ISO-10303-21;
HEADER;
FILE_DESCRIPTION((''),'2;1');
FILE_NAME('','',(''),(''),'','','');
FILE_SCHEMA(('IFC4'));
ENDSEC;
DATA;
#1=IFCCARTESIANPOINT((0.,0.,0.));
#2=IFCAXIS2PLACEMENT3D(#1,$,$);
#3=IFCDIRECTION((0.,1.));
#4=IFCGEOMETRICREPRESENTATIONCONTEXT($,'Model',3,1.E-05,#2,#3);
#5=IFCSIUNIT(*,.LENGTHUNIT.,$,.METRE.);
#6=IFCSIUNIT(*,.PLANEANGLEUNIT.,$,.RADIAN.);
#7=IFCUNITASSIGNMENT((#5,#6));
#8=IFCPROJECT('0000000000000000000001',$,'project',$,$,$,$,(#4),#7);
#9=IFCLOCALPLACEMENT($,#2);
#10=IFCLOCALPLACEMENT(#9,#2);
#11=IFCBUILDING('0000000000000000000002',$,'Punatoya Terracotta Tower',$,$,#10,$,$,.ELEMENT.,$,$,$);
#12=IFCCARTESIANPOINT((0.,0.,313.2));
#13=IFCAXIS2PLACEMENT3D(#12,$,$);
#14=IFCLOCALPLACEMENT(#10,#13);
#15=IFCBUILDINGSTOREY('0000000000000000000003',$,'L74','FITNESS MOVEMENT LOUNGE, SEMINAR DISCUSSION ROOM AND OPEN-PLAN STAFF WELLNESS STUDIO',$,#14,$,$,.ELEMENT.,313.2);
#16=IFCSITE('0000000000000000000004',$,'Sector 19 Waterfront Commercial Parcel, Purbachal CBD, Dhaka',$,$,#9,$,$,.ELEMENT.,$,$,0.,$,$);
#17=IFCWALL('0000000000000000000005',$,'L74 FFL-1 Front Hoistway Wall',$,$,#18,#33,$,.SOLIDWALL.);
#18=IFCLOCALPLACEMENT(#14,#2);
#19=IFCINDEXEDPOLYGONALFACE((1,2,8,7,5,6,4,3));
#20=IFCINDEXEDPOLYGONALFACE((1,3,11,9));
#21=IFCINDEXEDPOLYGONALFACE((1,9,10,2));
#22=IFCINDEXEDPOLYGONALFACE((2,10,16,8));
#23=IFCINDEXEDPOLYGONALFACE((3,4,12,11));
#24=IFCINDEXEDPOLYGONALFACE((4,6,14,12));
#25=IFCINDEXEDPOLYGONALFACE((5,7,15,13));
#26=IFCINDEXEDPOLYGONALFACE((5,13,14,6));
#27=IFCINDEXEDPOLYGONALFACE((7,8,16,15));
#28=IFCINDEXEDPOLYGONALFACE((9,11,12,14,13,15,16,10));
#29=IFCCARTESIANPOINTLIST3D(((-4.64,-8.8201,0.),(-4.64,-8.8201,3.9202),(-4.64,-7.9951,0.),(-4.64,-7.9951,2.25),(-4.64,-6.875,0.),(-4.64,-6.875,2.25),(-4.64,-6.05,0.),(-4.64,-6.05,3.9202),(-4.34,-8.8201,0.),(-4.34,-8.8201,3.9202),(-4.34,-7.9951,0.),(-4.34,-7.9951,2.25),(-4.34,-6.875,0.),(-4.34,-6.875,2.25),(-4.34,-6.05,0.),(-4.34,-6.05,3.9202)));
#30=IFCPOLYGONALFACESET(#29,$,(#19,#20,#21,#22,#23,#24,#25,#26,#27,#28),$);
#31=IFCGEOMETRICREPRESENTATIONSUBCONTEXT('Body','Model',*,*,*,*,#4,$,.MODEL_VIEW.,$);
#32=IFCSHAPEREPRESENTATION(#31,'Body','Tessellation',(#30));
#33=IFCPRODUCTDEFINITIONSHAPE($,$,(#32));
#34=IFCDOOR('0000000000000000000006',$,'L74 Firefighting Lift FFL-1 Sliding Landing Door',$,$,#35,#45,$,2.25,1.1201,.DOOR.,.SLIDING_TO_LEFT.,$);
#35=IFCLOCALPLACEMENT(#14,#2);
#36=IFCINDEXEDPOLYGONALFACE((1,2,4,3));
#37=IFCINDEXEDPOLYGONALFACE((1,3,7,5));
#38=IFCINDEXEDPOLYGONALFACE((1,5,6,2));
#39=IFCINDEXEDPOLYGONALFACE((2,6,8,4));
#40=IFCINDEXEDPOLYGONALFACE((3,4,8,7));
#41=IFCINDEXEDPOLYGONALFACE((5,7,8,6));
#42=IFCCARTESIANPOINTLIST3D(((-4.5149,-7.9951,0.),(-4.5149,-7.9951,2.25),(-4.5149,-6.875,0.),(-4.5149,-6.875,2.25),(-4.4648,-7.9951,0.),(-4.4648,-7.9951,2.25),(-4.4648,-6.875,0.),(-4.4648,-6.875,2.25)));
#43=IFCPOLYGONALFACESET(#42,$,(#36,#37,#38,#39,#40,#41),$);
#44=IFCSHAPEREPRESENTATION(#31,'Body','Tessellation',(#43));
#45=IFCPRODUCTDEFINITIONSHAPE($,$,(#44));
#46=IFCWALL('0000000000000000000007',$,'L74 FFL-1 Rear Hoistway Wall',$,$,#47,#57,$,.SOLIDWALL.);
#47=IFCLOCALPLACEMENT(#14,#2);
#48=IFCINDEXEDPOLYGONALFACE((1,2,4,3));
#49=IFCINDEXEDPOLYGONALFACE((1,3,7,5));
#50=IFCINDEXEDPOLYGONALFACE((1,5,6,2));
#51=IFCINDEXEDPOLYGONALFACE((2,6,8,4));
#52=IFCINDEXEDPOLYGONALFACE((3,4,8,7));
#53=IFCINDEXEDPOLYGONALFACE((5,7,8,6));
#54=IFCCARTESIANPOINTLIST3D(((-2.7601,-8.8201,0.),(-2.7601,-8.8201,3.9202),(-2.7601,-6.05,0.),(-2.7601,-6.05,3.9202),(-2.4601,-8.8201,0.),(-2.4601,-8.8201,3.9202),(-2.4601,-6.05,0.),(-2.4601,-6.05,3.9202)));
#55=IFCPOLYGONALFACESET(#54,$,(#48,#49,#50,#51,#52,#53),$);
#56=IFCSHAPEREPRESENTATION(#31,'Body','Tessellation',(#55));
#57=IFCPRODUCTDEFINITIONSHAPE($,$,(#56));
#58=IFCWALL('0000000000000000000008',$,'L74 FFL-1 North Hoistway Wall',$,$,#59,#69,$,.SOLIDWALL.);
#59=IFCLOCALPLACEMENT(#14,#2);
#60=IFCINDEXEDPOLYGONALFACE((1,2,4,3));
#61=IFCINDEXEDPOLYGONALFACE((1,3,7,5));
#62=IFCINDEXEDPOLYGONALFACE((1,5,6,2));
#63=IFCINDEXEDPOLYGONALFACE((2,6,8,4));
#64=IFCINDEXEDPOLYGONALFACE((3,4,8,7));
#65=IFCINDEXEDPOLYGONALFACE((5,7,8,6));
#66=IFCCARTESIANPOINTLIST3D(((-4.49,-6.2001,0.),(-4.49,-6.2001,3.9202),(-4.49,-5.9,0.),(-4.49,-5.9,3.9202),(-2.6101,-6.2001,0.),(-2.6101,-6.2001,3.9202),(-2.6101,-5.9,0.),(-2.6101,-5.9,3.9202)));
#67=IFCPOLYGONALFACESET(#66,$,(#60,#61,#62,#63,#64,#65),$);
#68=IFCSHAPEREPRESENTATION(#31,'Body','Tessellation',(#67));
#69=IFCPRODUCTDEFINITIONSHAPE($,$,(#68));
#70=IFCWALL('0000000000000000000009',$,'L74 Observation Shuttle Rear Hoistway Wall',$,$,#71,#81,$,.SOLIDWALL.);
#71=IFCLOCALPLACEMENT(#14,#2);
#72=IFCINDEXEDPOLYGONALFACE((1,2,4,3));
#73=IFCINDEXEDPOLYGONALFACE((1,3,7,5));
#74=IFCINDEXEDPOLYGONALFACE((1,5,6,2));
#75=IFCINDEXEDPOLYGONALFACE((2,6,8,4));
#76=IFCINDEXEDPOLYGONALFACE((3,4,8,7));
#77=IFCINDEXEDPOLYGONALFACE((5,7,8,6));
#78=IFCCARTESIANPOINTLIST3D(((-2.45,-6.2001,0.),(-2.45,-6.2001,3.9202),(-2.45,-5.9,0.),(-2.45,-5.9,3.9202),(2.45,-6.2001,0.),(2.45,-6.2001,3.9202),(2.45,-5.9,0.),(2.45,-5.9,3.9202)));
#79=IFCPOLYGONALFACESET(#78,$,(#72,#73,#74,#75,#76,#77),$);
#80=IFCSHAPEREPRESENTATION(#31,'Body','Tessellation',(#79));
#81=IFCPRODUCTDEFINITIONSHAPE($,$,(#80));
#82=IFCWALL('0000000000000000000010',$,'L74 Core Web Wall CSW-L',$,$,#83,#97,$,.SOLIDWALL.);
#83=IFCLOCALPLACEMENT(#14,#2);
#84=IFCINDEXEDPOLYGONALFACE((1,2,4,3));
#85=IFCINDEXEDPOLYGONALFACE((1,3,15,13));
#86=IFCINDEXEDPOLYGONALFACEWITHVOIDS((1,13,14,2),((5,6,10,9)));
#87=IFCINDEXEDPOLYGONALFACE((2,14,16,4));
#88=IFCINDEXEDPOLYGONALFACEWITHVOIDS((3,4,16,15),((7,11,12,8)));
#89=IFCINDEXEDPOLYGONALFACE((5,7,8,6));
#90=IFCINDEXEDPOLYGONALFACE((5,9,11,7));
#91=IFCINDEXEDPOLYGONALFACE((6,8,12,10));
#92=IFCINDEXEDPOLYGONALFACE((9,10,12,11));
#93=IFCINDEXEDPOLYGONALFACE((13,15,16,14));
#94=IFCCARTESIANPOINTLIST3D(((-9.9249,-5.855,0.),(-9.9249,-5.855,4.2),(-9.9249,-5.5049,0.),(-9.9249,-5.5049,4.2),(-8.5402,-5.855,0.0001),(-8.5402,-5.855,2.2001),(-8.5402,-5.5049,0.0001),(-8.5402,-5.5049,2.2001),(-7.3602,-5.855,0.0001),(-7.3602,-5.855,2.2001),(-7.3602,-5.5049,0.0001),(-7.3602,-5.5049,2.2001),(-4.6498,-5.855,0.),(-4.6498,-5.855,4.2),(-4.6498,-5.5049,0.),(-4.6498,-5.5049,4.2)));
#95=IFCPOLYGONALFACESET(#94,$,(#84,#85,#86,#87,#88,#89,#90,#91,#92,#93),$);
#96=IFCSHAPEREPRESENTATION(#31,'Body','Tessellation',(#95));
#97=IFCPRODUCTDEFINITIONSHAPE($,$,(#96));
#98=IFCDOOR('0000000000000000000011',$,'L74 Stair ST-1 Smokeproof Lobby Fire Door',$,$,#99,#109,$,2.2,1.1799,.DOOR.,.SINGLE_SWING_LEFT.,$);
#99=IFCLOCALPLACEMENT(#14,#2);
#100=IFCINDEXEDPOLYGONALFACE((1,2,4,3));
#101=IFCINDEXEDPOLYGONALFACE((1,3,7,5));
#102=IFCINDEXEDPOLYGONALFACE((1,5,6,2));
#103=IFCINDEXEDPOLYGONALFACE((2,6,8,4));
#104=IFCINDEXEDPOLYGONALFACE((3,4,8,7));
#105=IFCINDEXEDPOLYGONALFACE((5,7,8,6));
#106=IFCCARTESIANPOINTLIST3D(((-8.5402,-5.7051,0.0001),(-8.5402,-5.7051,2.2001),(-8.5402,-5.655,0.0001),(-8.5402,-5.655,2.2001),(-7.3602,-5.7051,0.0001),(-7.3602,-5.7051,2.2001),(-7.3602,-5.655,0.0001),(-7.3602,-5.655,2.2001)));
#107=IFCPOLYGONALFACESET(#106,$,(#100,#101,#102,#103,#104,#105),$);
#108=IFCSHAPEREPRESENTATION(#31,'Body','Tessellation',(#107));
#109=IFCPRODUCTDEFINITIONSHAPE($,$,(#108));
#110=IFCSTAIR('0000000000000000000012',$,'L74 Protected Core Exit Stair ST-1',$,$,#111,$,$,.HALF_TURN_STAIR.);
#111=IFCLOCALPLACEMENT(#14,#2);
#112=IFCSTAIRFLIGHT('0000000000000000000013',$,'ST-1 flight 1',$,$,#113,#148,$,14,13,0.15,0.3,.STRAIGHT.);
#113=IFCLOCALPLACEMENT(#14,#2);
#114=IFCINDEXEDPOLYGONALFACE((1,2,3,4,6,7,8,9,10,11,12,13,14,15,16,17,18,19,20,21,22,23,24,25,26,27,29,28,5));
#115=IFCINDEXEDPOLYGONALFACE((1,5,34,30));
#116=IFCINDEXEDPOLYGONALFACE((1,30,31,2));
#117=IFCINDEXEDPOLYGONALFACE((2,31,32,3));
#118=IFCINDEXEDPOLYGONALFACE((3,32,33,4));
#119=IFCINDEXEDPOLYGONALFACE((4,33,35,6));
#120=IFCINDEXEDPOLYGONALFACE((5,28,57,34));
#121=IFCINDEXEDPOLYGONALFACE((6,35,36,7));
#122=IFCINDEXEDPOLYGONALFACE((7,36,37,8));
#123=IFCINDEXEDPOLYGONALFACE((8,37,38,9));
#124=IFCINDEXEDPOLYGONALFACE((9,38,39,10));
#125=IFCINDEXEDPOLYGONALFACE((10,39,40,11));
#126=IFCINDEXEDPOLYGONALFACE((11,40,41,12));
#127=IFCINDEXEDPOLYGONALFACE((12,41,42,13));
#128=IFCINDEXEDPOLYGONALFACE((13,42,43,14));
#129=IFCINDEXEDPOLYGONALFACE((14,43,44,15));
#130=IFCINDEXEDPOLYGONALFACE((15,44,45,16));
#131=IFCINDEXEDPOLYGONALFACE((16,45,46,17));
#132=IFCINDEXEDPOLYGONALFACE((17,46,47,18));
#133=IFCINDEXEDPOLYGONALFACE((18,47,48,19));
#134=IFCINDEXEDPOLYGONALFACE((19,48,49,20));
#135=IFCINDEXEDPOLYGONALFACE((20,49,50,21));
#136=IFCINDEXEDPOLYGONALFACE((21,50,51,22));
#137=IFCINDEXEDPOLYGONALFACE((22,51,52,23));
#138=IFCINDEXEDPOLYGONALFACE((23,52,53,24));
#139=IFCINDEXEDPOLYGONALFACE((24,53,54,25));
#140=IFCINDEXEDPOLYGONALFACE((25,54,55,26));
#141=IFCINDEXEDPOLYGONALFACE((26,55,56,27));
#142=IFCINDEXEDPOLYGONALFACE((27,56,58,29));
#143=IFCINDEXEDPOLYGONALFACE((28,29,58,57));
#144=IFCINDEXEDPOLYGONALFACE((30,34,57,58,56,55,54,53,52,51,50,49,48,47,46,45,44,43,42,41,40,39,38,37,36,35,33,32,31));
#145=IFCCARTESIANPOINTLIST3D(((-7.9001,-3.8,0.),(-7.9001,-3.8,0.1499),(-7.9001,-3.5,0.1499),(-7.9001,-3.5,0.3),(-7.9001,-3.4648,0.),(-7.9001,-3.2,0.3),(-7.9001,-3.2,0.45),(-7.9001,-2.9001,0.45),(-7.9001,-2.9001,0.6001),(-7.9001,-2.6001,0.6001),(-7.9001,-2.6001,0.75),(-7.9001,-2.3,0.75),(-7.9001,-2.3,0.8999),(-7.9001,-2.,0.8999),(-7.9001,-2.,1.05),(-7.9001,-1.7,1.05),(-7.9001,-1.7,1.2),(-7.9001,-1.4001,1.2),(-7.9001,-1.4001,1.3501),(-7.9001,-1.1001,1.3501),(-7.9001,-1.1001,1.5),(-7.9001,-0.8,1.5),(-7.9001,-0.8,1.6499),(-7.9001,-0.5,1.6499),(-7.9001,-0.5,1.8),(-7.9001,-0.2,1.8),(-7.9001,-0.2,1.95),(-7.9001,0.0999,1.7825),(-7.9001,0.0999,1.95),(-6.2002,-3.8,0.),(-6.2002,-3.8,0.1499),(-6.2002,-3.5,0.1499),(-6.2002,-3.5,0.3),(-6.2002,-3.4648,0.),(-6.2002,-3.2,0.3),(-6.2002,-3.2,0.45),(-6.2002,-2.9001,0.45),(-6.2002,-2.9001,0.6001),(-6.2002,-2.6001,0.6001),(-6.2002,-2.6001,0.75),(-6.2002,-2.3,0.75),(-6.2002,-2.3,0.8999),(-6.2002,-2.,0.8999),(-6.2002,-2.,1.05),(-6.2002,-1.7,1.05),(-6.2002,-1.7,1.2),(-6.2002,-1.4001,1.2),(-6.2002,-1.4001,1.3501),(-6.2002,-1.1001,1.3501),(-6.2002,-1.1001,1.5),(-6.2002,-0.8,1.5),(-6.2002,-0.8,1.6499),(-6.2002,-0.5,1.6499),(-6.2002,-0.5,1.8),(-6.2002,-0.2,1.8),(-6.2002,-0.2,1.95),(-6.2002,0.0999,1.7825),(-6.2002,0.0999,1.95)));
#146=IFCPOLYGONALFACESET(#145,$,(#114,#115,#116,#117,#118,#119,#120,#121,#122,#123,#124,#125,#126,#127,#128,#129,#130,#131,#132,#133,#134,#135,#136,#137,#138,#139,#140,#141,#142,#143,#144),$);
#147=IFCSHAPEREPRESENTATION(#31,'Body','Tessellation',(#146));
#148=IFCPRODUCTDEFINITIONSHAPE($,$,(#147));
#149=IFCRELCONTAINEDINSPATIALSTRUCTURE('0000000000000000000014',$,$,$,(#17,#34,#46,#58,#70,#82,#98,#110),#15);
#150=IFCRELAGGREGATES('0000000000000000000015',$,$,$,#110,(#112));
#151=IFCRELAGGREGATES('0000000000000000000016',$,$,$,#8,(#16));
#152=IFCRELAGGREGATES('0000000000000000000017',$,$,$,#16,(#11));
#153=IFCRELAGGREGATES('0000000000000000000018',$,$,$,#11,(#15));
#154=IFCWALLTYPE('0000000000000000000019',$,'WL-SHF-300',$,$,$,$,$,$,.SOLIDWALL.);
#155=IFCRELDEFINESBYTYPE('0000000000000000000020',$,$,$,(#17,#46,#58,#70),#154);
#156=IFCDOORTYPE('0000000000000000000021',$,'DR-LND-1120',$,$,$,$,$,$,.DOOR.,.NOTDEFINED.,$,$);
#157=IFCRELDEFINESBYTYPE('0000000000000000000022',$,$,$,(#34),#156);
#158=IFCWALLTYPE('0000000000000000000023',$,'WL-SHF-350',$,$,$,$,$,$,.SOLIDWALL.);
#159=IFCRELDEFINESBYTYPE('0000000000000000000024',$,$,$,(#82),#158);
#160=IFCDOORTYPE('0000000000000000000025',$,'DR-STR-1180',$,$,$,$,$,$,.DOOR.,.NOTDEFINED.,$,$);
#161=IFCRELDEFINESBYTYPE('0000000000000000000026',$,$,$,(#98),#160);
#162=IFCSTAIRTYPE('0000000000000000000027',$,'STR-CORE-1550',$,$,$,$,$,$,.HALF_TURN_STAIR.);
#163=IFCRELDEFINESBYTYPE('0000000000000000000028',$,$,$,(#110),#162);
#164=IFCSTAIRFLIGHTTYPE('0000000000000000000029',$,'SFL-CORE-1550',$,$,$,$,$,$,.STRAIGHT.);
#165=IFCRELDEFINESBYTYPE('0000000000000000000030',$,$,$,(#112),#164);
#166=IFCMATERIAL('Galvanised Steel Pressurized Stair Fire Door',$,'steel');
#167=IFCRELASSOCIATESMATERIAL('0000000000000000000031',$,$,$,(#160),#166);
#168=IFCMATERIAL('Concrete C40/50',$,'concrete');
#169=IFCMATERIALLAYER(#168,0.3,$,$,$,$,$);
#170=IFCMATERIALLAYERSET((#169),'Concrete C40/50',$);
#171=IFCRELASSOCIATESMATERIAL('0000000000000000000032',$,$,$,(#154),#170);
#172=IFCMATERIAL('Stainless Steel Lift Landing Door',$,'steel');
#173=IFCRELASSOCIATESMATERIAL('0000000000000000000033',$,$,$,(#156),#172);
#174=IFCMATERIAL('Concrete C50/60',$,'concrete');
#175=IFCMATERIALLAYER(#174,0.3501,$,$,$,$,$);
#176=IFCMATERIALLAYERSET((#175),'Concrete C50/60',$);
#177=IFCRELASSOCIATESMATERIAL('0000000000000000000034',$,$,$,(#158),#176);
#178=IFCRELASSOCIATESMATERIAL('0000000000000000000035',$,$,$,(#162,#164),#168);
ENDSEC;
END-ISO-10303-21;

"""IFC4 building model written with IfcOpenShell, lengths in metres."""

from ifc_helpers import new_model, si_unit, direction, frame, frame_2d, origin, place, context, subcontext, project, spatial, polyline, rectangle, outline, extrude, material, layer, layer_set, type_object, element, fill, aggregate, save


model = new_model("IFC4")

# Units and contexts
model_context = context("Model", 3, precision=1e-05, world=origin(), true_north=direction((0.0, 1.0)))
body_context = subcontext(model_context, "Body", "Model", "MODEL_VIEW")
ifc_project = project(units=[si_unit("LENGTHUNIT", "METRE"), si_unit("PLANEANGLEUNIT", "RADIAN")], contexts=[model_context])

# Site, building, storey
site_placement = place(None, origin())
site = spatial("IfcSite", under=ifc_project, at=site_placement, Name="Sector 19 Waterfront Commercial Parcel, Purbachal CBD, Dhaka", CompositionType="ELEMENT", RefElevation=0.0)
building_placement = place(site_placement, origin())
building = spatial("IfcBuilding", under=site, at=building_placement, Name="Punatoya Terracotta Tower", CompositionType="ELEMENT")
storey_placement = place(building_placement, frame((0.0, 0.0, 313.2)))
storey = spatial("IfcBuildingStorey", under=building, at=storey_placement, Name="L74", Description="FITNESS MOVEMENT LOUNGE, SEMINAR DISCUSSION ROOM AND OPEN-PLAN STAFF WELLNESS STUDIO", CompositionType="ELEMENT", Elevation=313.2)

# Shared definitions
ifc_material_1 = material(Name="Concrete C50/60", Category="concrete")

# Shared definitions
ifc_material_2 = material(Name="Galvanised Steel Pressurized Stair Fire Door", Category="steel")
door_type_1 = type_object("IfcDoorType", Name="DR-STR-1180", OperationType="NOTDEFINED", PredefinedType="DOOR", material=ifc_material_2)

# Shared definitions
ifc_material_3 = material(Name="Concrete C40/50", Category="concrete")

# Shared definitions
ifc_layer_1 = layer(ifc_material_3, 0.3)
ifc_layer_set_1 = layer_set([ifc_layer_1], Name="Concrete C40/50")
wall_type_1 = type_object("IfcWallType", Name="WL-SHF-300", PredefinedType="SOLIDWALL", material=ifc_layer_set_1)

# Wall, opening, door
wall_1_placement = place(storey_placement, frame((-4.49, -8.8201, 0.0), z_axis=(0.0, 0.0, 1.0), x_axis=(0.0, 1.0, 0.0)))
wall_1 = element("IfcWall", 1, at=wall_1_placement, inside=storey, type_object=wall_type_1, Name="L74 FFL-1 Front Hoistway Wall", PredefinedType="SOLIDWALL", context=body_context, shape_type="SweptSolid", body=[
    extrude(rectangle(XDim=2.77, YDim=0.3, at=frame_2d((1.385, 0.0))), origin(), (0.0, 0.0, 1.0), 3.9202),
])
opening_1_placement = place(wall_1_placement, frame((0.825, 0.0, 0.0)))
opening_1 = element("IfcOpeningElement", 2, at=opening_1_placement, cuts=wall_1, PredefinedType="OPENING", context=body_context, shape_type="SweptSolid", body=[
    extrude(rectangle(XDim=1.1201, YDim=2.25, at=frame_2d((0.5601, 1.125))), frame((0.0, 0.1599, 0.0), z_axis=(0.0, -1.0, 0.0), x_axis=(1.0, 0.0, 0.0)), (0.0, 0.0, 1.0), 0.3201),
])
ifc_material_4 = material(Name="Stainless Steel Lift Landing Door", Category="steel")
door_type_2 = type_object("IfcDoorType", Name="DR-LND-1120", OperationType="NOTDEFINED", PredefinedType="DOOR", material=ifc_material_4)
door_1_placement = place(opening_1_placement, origin())
door_1 = element("IfcDoor", 3, at=door_1_placement, inside=storey, type_object=door_type_2, Name="L74 Firefighting Lift FFL-1 Sliding Landing Door", OperationType="SLIDING_TO_LEFT", OverallHeight=2.25, OverallWidth=1.1201, PredefinedType="DOOR", context=body_context, shape_type="SweptSolid", body=[
    extrude(rectangle(XDim=1.1201, YDim=2.25, at=frame_2d((0.5601, 1.125))), frame((0.0, 0.0249, 0.0), z_axis=(0.0, -1.0, 0.0), x_axis=(1.0, 0.0, 0.0)), (0.0, 0.0, 1.0), 0.05),
])
fill(opening_1, door_1)

# Walls
wall_2_placement = place(storey_placement, frame((-2.6101, -8.8201, 0.0), z_axis=(0.0, 0.0, 1.0), x_axis=(0.0, 1.0, 0.0)))
element("IfcWall", 4, at=wall_2_placement, inside=storey, type_object=wall_type_1, Name="L74 FFL-1 Rear Hoistway Wall", PredefinedType="SOLIDWALL", context=body_context, shape_type="SweptSolid", body=[
    extrude(rectangle(XDim=2.77, YDim=0.3, at=frame_2d((1.385, 0.0))), origin(), (0.0, 0.0, 1.0), 3.9202),
])
wall_3_placement = place(storey_placement, frame((-4.49, -6.05, 0.0), z_axis=(0.0, 0.0, 1.0), x_axis=(1.0, 0.0, 0.0)))
element("IfcWall", 5, at=wall_3_placement, inside=storey, type_object=wall_type_1, Name="L74 FFL-1 North Hoistway Wall", PredefinedType="SOLIDWALL", context=body_context, shape_type="SweptSolid", body=[
    extrude(rectangle(XDim=1.8799, YDim=0.3, at=frame_2d((0.9399, 0.0))), origin(), (0.0, 0.0, 1.0), 3.9202),
])
wall_4_placement = place(storey_placement, frame((-2.45, -6.05, 0.0), z_axis=(0.0, 0.0, 1.0), x_axis=(1.0, 0.0, 0.0)))
element("IfcWall", 6, at=wall_4_placement, inside=storey, type_object=wall_type_1, Name="L74 Observation Shuttle Rear Hoistway Wall", PredefinedType="SOLIDWALL", context=body_context, shape_type="SweptSolid", body=[
    extrude(rectangle(XDim=4.8999, YDim=0.3, at=frame_2d((2.45, 0.0))), origin(), (0.0, 0.0, 1.0), 3.9202),
])

# Wall, opening, door
ifc_layer_2 = layer(ifc_material_1, 0.3501)
ifc_layer_set_2 = layer_set([ifc_layer_2], Name="Concrete C50/60")
wall_type_2 = type_object("IfcWallType", Name="WL-SHF-350", PredefinedType="SOLIDWALL", material=ifc_layer_set_2)
wall_5_placement = place(storey_placement, frame((-9.925, -5.6799, 0.0), z_axis=(0.0, 0.0, 1.0), x_axis=(1.0, 0.0, 0.0)))
wall_5 = element("IfcWall", 7, at=wall_5_placement, inside=storey, type_object=wall_type_2, Name="L74 Core Web Wall CSW-L", PredefinedType="SOLIDWALL", context=body_context, shape_type="SweptSolid", body=[
    extrude(rectangle(XDim=5.2751, YDim=0.3501, at=frame_2d((2.6377, 0.0))), origin(), (0.0, 0.0, 1.0), 4.2),
])
opening_2_placement = place(wall_5_placement, frame((1.385, 0.0, 0.0)))
opening_2 = element("IfcOpeningElement", 8, at=opening_2_placement, cuts=wall_5, PredefinedType="OPENING", context=body_context, shape_type="SweptSolid", body=[
    extrude(rectangle(XDim=1.1799, YDim=2.2, at=frame_2d((0.5898, 1.1001))), frame((0.0, 0.1851, 0.0), z_axis=(0.0, -1.0, 0.0), x_axis=(1.0, 0.0, 0.0)), (0.0, 0.0, 1.0), 0.3701),
])
door_2_placement = place(opening_2_placement, origin())
door_2 = element("IfcDoor", 9, at=door_2_placement, inside=storey, type_object=door_type_1, Name="L74 Stair ST-1 Smokeproof Lobby Fire Door", OperationType="SINGLE_SWING_LEFT", OverallHeight=2.2, OverallWidth=1.1799, PredefinedType="DOOR", context=body_context, shape_type="SweptSolid", body=[
    extrude(rectangle(XDim=1.1799, YDim=2.2, at=frame_2d((0.5898, 1.1001))), frame((0.0, 0.0249, 0.0), z_axis=(0.0, -1.0, 0.0), x_axis=(1.0, 0.0, 0.0)), (0.0, 0.0, 1.0), 0.05),
])
fill(opening_2, door_2)

# Stair, stair flight
stair_type = type_object("IfcStairType", Name="STR-CORE-1550", PredefinedType="HALF_TURN_STAIR", material=ifc_material_3)
stair_placement = place(storey_placement, origin())
stair = element("IfcStair", 10, at=stair_placement, inside=storey, type_object=stair_type, Name="L74 Protected Core Exit Stair ST-1", PredefinedType="HALF_TURN_STAIR")
stair_flight_type = type_object("IfcStairFlightType", Name="SFL-CORE-1550", PredefinedType="STRAIGHT", material=ifc_material_3)
stair_flight_1_placement = place(storey_placement, frame((-7.05, -3.8, 0.0), z_axis=(0.0, 0.0, 1.0), x_axis=(0.0, 1.0, 0.0)))
stair_flight_1 = element("IfcStairFlight", 11, at=stair_flight_1_placement, type_object=stair_flight_type, Name="ST-1 flight 1", NumberOfRisers=14, NumberOfTreads=13, PredefinedType="STRAIGHT", RiserHeight=0.15, TreadLength=0.3, context=body_context, shape_type="SweptSolid", body=[
    extrude(outline(polyline([(0.0, 0.0), (0.0, 0.1499), (0.3, 0.1499), (0.3, 0.3), (0.6001, 0.3), (0.6001, 0.45), (0.8999, 0.45), (0.8999, 0.6001), (1.2, 0.6001), (1.2, 0.75), (1.5, 0.75), (1.5, 0.8999), (1.8, 0.8999), (1.8, 1.05), (2.1001, 1.05), (2.1001, 1.2), (2.3999, 1.2), (2.3999, 1.3501), (2.7, 1.3501), (2.7, 1.5), (3.0, 1.5), (3.0, 1.6499), (3.3, 1.6499), (3.3, 1.8), (3.6001, 1.8), (3.6001, 1.95), (3.8999, 1.95), (3.8999, 2.1001), (3.8999, 1.7825), (0.3352, 0.0), (0.0, 0.0)])), frame((0.0, 0.8501, 0.0), z_axis=(0.0, -1.0, 0.0), x_axis=(1.0, 0.0, 0.0)), (0.0, 0.0, 1.0), 1.7),
])
aggregate(stair, [stair_flight_1])

save(model, "model.ifc")
